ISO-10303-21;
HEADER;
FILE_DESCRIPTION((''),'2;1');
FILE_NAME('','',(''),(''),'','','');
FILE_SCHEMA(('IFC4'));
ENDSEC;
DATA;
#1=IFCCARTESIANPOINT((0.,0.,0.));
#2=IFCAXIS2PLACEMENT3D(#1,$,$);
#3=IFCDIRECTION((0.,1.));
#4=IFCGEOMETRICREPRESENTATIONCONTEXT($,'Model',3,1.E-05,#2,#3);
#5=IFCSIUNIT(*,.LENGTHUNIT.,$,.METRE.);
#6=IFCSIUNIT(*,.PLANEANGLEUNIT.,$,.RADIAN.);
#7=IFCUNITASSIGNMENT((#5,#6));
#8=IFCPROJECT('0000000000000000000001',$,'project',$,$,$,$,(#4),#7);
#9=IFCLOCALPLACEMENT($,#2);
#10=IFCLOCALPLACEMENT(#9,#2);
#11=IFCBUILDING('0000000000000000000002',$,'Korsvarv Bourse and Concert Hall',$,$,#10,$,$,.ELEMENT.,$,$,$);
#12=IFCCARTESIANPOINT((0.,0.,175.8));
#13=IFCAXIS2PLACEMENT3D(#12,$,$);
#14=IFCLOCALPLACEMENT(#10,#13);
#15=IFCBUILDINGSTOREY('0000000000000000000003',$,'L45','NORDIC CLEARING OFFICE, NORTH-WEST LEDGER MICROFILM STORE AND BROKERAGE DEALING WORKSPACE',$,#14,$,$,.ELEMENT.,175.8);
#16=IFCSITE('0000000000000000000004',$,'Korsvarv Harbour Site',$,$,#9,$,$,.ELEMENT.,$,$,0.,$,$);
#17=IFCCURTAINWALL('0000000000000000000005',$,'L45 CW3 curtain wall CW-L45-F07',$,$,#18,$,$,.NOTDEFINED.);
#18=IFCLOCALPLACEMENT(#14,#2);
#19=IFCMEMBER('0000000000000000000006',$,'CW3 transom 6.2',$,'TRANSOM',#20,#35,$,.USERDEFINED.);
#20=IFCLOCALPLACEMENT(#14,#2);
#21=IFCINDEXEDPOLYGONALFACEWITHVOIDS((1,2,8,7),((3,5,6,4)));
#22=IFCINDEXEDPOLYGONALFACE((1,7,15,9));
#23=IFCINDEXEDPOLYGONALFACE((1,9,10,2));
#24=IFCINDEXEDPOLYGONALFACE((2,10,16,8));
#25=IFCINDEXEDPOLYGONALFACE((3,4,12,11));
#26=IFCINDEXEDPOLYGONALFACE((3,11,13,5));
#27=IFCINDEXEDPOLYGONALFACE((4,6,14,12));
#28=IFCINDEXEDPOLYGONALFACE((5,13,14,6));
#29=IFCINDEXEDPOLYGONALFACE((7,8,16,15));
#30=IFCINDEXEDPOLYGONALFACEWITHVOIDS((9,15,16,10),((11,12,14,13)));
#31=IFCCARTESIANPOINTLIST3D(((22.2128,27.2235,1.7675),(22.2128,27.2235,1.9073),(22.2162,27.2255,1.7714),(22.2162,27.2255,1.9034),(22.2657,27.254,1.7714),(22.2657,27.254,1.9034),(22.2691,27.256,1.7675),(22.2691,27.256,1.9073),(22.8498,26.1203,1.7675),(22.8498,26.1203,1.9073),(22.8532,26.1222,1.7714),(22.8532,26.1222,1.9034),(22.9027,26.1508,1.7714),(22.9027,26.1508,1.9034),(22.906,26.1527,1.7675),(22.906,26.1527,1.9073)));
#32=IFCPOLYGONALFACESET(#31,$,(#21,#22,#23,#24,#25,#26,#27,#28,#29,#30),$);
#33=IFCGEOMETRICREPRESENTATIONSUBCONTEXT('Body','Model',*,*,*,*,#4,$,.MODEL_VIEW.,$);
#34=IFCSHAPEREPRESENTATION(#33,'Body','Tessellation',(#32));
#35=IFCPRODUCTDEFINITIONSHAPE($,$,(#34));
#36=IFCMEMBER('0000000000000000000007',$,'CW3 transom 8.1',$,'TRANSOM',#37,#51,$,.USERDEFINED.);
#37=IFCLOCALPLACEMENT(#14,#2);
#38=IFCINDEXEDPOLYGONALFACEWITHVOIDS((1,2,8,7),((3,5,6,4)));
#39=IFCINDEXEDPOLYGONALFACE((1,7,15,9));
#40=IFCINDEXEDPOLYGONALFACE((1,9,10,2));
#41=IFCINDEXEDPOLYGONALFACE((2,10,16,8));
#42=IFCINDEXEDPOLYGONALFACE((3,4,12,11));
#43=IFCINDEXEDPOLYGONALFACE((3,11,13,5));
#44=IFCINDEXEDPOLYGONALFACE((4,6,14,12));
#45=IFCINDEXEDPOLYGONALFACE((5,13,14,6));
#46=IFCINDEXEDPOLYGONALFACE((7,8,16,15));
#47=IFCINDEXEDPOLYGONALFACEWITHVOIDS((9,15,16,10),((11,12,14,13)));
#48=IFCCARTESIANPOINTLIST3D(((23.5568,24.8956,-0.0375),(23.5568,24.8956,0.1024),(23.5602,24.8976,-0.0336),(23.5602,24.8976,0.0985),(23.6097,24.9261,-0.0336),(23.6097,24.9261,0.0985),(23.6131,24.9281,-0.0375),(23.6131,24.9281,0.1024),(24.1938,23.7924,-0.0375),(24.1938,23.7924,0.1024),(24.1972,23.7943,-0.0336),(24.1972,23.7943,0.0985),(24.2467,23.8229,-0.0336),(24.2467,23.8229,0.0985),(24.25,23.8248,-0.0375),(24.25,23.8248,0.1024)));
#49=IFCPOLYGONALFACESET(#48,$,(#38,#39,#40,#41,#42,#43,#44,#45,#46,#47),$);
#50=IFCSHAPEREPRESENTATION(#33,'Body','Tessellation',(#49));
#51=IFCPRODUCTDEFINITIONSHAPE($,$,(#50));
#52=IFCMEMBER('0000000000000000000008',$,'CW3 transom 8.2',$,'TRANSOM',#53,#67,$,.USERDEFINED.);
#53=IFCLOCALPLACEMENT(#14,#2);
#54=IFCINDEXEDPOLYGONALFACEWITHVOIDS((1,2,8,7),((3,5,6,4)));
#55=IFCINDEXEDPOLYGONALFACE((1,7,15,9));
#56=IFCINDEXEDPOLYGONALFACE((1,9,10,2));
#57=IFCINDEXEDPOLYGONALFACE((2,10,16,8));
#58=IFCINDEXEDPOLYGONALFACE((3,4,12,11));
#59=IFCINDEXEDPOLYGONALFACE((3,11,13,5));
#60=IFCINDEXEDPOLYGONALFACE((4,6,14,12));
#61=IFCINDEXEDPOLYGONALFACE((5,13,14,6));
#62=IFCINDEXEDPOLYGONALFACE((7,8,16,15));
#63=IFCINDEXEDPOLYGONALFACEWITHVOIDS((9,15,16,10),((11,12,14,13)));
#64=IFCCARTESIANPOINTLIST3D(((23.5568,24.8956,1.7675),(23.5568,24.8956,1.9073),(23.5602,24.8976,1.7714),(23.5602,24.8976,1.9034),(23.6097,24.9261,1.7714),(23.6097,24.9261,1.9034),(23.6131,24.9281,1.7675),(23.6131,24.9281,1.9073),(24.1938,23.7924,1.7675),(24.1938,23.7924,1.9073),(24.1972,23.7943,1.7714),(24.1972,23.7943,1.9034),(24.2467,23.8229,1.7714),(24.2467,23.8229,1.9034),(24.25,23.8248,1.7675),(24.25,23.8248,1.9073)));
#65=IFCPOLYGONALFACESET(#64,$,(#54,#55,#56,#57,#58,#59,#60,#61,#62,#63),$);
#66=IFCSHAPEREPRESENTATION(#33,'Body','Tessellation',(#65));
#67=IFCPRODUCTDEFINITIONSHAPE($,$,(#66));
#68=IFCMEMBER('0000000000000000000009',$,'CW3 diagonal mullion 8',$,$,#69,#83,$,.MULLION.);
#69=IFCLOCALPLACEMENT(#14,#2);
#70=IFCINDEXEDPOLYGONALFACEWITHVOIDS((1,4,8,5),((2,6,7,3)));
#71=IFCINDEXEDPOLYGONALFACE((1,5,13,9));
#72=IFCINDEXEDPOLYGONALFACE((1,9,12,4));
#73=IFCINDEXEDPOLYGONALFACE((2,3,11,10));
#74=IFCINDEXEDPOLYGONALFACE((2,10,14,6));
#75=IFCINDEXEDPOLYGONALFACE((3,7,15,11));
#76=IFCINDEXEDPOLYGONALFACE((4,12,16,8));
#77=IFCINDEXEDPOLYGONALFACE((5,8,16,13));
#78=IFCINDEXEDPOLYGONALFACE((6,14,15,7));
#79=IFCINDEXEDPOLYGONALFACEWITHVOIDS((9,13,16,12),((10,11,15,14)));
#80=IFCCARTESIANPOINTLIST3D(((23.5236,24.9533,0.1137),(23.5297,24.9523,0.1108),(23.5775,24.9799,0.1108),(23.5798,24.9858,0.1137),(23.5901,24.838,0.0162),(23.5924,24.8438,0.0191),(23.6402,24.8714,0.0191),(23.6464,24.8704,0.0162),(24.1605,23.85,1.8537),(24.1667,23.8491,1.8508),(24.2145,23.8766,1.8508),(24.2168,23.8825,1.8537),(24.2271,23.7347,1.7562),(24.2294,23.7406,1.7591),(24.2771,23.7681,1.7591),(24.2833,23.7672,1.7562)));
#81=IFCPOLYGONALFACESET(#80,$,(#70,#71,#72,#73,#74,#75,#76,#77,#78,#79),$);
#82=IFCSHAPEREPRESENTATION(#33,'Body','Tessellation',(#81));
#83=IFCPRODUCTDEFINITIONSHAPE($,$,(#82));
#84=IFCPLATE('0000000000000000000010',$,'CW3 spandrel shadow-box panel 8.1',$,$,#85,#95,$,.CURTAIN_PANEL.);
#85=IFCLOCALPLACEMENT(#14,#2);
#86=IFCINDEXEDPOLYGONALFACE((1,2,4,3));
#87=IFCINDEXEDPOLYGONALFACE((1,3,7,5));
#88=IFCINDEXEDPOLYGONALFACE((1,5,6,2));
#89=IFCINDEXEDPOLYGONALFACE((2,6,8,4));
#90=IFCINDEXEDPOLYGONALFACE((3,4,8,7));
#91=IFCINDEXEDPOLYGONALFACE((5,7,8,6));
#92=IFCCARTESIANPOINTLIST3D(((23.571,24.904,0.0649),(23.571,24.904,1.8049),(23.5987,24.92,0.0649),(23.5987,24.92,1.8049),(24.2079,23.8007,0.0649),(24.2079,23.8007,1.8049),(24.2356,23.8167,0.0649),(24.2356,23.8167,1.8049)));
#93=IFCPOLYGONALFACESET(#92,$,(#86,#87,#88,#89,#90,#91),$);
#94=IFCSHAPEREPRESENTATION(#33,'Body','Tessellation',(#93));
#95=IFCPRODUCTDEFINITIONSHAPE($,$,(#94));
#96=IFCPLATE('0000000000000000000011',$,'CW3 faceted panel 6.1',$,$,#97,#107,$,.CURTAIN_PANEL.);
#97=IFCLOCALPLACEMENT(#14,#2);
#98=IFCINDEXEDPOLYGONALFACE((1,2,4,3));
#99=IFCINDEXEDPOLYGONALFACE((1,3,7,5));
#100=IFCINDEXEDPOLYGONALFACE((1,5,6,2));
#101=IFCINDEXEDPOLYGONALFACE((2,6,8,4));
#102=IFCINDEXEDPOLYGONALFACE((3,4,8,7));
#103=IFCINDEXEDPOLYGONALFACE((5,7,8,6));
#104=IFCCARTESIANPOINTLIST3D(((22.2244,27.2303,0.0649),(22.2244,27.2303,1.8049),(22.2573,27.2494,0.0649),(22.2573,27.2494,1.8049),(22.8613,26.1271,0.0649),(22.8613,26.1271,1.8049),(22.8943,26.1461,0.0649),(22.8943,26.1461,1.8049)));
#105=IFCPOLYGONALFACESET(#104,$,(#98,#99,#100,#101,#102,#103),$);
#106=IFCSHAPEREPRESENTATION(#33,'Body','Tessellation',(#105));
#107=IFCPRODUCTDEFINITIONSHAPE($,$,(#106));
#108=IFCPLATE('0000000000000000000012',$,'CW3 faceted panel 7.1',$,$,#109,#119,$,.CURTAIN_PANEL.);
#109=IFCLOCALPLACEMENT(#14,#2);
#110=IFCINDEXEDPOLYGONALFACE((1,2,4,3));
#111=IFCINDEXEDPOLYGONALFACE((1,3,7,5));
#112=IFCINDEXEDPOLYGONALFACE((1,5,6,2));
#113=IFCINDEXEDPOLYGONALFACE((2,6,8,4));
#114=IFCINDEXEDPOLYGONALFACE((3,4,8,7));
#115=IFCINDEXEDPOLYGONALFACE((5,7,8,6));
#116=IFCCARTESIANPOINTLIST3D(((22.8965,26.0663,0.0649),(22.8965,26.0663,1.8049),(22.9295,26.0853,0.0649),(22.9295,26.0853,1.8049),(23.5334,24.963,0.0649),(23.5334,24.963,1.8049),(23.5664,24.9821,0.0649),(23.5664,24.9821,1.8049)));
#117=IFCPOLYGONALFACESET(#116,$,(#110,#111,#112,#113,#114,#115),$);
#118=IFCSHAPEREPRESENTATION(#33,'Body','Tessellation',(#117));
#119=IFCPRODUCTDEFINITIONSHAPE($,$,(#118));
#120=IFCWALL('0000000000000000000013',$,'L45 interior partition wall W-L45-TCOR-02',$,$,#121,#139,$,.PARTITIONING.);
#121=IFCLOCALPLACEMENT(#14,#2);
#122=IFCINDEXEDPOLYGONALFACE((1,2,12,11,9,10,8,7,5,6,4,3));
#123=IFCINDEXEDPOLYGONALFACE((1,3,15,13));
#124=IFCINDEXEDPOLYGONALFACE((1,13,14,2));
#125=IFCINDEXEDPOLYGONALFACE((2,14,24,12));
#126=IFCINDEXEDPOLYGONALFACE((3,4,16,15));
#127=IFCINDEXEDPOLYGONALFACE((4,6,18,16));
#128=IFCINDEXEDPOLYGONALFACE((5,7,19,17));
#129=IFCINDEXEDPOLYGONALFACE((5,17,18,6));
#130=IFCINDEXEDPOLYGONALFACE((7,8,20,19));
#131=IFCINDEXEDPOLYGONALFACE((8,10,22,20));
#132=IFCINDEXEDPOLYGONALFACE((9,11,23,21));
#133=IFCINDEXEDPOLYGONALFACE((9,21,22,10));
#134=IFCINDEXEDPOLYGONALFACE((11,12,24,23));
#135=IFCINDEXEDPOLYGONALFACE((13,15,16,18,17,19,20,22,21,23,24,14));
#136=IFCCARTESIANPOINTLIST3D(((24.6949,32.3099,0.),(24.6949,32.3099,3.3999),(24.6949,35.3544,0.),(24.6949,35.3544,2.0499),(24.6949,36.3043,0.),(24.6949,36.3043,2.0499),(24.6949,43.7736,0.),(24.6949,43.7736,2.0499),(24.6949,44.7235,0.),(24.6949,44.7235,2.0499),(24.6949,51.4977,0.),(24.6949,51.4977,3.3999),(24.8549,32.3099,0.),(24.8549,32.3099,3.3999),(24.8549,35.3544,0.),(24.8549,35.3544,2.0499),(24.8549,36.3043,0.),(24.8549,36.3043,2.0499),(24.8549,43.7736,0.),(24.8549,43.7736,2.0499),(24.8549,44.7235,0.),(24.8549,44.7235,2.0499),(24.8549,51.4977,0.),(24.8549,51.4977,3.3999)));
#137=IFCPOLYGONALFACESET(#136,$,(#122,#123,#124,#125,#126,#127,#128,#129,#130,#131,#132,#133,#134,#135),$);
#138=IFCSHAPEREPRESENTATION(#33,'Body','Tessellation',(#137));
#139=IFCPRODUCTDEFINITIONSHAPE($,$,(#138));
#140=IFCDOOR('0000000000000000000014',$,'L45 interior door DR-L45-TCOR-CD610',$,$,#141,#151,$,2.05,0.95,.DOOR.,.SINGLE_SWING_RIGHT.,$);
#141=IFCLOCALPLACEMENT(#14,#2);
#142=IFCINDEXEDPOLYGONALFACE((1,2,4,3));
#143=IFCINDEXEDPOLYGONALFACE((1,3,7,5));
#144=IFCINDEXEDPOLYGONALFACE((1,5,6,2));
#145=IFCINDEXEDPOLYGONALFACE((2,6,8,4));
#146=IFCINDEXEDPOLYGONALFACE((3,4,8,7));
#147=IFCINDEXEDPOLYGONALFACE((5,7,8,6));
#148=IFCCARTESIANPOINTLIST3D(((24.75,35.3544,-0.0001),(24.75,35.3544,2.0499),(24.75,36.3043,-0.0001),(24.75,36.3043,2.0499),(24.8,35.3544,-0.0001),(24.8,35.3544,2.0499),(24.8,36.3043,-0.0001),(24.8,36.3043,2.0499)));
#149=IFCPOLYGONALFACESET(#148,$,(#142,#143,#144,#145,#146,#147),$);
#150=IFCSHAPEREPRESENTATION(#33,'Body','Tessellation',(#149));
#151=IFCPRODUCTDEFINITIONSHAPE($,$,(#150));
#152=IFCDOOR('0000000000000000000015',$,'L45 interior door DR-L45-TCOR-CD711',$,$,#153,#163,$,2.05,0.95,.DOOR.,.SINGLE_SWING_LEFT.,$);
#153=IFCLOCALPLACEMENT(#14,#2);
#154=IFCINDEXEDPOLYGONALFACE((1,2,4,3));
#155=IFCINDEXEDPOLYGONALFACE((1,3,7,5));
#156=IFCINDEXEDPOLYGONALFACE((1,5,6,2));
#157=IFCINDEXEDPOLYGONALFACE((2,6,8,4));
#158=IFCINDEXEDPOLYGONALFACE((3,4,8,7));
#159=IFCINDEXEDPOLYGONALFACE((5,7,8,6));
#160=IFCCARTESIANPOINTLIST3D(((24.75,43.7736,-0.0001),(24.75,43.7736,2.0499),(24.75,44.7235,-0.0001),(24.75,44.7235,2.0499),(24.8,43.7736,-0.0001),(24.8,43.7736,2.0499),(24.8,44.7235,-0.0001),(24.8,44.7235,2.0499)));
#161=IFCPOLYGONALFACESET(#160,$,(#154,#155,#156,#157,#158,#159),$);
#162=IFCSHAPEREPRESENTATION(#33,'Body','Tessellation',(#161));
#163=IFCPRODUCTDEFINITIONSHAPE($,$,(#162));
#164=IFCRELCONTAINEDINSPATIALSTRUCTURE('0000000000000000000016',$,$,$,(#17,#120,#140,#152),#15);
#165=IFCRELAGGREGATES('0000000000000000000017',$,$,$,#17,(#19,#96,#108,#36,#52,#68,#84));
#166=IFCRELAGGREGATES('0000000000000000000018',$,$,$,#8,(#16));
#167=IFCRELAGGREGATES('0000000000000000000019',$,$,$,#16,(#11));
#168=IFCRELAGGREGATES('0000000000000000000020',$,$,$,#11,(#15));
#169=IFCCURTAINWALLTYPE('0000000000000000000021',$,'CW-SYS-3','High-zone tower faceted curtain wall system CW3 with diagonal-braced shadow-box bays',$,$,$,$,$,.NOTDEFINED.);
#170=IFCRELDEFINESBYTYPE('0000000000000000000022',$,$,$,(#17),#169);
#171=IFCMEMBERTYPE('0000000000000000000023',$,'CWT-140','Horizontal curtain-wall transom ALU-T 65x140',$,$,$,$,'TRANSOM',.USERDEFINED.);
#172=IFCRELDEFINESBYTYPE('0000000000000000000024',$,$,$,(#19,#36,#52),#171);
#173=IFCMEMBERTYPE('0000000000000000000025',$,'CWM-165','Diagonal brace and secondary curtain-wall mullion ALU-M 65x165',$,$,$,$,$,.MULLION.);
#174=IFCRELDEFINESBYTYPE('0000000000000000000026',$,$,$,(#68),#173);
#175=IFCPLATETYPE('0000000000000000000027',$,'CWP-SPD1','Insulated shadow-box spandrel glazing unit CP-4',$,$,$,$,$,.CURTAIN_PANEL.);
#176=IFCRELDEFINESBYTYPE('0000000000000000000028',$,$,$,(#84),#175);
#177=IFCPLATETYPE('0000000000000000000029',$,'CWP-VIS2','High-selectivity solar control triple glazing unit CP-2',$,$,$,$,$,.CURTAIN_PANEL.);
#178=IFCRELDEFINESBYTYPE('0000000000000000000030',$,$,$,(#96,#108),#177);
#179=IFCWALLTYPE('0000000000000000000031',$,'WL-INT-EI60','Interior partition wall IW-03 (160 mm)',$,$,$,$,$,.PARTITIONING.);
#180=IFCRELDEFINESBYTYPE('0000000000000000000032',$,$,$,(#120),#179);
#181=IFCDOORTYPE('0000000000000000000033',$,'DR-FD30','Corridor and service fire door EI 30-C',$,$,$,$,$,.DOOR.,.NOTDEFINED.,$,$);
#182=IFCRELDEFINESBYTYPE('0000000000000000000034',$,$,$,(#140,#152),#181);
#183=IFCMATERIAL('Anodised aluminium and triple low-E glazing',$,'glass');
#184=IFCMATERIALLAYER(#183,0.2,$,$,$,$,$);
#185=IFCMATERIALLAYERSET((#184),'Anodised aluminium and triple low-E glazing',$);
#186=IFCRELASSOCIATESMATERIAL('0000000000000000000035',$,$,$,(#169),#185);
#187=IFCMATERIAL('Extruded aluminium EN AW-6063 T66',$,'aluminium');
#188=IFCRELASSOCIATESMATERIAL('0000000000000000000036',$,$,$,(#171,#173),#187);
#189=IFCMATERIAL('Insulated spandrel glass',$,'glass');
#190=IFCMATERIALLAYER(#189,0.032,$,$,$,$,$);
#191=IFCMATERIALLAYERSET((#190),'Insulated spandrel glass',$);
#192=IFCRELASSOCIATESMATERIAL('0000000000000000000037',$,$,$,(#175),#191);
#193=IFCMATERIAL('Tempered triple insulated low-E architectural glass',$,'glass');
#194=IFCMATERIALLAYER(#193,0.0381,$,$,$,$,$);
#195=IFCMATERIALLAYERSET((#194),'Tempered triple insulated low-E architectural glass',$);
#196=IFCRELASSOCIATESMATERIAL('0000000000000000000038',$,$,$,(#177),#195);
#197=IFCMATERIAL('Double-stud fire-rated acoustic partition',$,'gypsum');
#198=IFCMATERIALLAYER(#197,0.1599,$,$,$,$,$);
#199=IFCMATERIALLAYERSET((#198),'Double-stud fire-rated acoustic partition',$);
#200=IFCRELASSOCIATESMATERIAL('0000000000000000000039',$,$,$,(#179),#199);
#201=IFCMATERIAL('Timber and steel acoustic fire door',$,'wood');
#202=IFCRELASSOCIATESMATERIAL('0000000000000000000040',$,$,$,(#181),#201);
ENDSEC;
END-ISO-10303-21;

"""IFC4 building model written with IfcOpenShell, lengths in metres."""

from ifc_helpers import new_model, si_unit, direction, frame, frame_2d, origin, origin_2d, place, context, subcontext, project, spatial, rectangle, hollow_rectangle, extrude, source, transform, mapped, material, layer, layer_set, material_profile, profile_set, type_object, element, fill, aggregate, save


model = new_model("IFC4")

# Units and contexts
model_context = context("Model", 3, precision=1e-05, world=origin(), true_north=direction((0.0, 1.0)))
body_context = subcontext(model_context, "Body", "Model", "MODEL_VIEW")
ifc_project = project(units=[si_unit("LENGTHUNIT", "METRE"), si_unit("PLANEANGLEUNIT", "RADIAN")], contexts=[model_context])

# Site, building, storey
site_placement = place(None, origin())
site = spatial("IfcSite", under=ifc_project, at=site_placement, Name="Korsvarv Harbour Site", CompositionType="ELEMENT", RefElevation=0.0)
building_placement = place(site_placement, origin())
building = spatial("IfcBuilding", under=site, at=building_placement, Name="Korsvarv Bourse and Concert Hall", CompositionType="ELEMENT")
storey_placement = place(building_placement, frame((0.0, 0.0, 175.8)))
storey = spatial("IfcBuildingStorey", under=building, at=storey_placement, Name="L45", Description="NORDIC CLEARING OFFICE, NORTH-WEST LEDGER MICROFILM STORE AND BROKERAGE DEALING WORKSPACE", CompositionType="ELEMENT", Elevation=175.8)

# Curtain wall, members, plates
ifc_material_1 = material(Name="Anodised aluminium and triple low-E glazing", Category="glass")
ifc_layer_1 = layer(ifc_material_1, 0.2)
ifc_layer_set_1 = layer_set([ifc_layer_1], Name="Anodised aluminium and triple low-E glazing")
curtain_wall_type = type_object("IfcCurtainWallType", Name="CW-SYS-3", Description="High-zone tower faceted curtain wall system CW3 with diagonal-braced shadow-box bays", PredefinedType="NOTDEFINED", material=ifc_layer_set_1)
curtain_wall_placement = place(storey_placement, origin())
curtain_wall = element("IfcCurtainWall", 1, at=curtain_wall_placement, inside=storey, type_object=curtain_wall_type, Name="L45 CW3 curtain wall CW-L45-F07", PredefinedType="NOTDEFINED")
ifc_material_2 = material(Name="Extruded aluminium EN AW-6063 T66", Category="aluminium")
ifc_material_profile_1 = material_profile(ifc_material_2, hollow_rectangle(XDim=0.0649, YDim=0.1399, WallThickness=0.0039, at=origin_2d()), Name="ALU-T 65x140")
ifc_profile_set_1 = profile_set([ifc_material_profile_1], Name="Extruded aluminium EN AW-6063 T66")
member_type_1 = type_object("IfcMemberType", Name="CWT-140", Description="Horizontal curtain-wall transom ALU-T 65x140", ElementType="TRANSOM", PredefinedType="USERDEFINED", material=ifc_profile_set_1)
shared_shape_1 = source(origin(), body_context, "Body", "SweptSolid", [
    extrude(hollow_rectangle(XDim=0.0649, YDim=0.1399, WallThickness=0.0039, at=origin_2d()), origin(), (0.0, 0.0, 1.0), 1.2739),
])
member_1_placement = place(storey_placement, frame((22.241, 27.2397, 1.8374), z_axis=(0.499993, -0.866029, 0.0), x_axis=(0.866029, 0.499993, 0.0)))
member_1 = element("IfcMember", 2, at=member_1_placement, type_object=member_type_1, Name="CW3 transom 6.2", ObjectType="TRANSOM", PredefinedType="USERDEFINED", context=body_context, shape_type="MappedRepresentation", body=[
    mapped(shared_shape_1, transform((0.0, 0.0, 0.0), scale=1.0)),
])
member_2_placement = place(storey_placement, frame((23.585, 24.9119, 0.0325), z_axis=(0.499993, -0.866029, 0.0), x_axis=(0.866029, 0.499993, 0.0)))
member_2 = element("IfcMember", 3, at=member_2_placement, type_object=member_type_1, Name="CW3 transom 8.1", ObjectType="TRANSOM", PredefinedType="USERDEFINED", context=body_context, shape_type="MappedRepresentation", body=[
    mapped(shared_shape_1, transform((0.0, 0.0, 0.0), scale=1.0)),
])
member_3_placement = place(storey_placement, frame((23.585, 24.9119, 1.8374), z_axis=(0.499993, -0.866029, 0.0), x_axis=(0.866029, 0.499993, 0.0)))
member_3 = element("IfcMember", 4, at=member_3_placement, type_object=member_type_1, Name="CW3 transom 8.2", ObjectType="TRANSOM", PredefinedType="USERDEFINED", context=body_context, shape_type="MappedRepresentation", body=[
    mapped(shared_shape_1, transform((0.0, 0.0, 0.0), scale=1.0)),
])
ifc_material_profile_2 = material_profile(ifc_material_2, hollow_rectangle(XDim=0.0649, YDim=0.165, WallThickness=0.0049, at=origin_2d()), Name="ALU-M 65x165")
ifc_profile_set_2 = profile_set([ifc_material_profile_2], Name="Extruded aluminium EN AW-6063 T66")
member_type_2 = type_object("IfcMemberType", Name="CWM-165", Description="Diagonal brace and secondary curtain-wall mullion ALU-M 65x165", PredefinedType="MULLION", material=ifc_profile_set_2)
shared_shape_2 = source(origin(), body_context, "Body", "SweptSolid", [
    extrude(hollow_rectangle(XDim=0.0649, YDim=0.165, WallThickness=0.0049, at=origin_2d()), origin(), (0.0, 0.0, 1.0), 2.1565),
])
member_4_placement = place(storey_placement, frame((23.585, 24.9119, 0.0649), z_axis=(0.295369, -0.511603, 0.806858), x_axis=(0.866029, 0.499993, 0.0)))
member_4 = element("IfcMember", 5, at=member_4_placement, type_object=member_type_2, Name="CW3 diagonal mullion 8", PredefinedType="MULLION", context=body_context, shape_type="MappedRepresentation", body=[
    mapped(shared_shape_2, transform((0.0, 0.0, 0.0), scale=1.0)),
])
ifc_material_3 = material(Name="Insulated spandrel glass", Category="glass")
ifc_layer_2 = layer(ifc_material_3, 0.032)
ifc_layer_set_2 = layer_set([ifc_layer_2], Name="Insulated spandrel glass")
plate_type_1 = type_object("IfcPlateType", Name="CWP-SPD1", Description="Insulated shadow-box spandrel glazing unit CP-4", PredefinedType="CURTAIN_PANEL", material=ifc_layer_set_2)
shared_shape_3 = source(origin(), body_context, "Body", "SweptSolid", [
    extrude(rectangle(XDim=1.2739, YDim=0.032, at=origin_2d()), origin(), (0.0, 0.0, 1.0), 1.74),
])
plate_1_placement = place(storey_placement, frame((23.9033, 24.3604, 0.0649), z_axis=(0.0, 0.0, 1.0), x_axis=(0.499994, -0.866029, 0.0)))
plate_1 = element("IfcPlate", 6, at=plate_1_placement, type_object=plate_type_1, Name="CW3 spandrel shadow-box panel 8.1", PredefinedType="CURTAIN_PANEL", context=body_context, shape_type="MappedRepresentation", body=[
    mapped(shared_shape_3, transform((0.0, 0.0, 0.0), scale=1.0)),
])
ifc_material_4 = material(Name="Tempered triple insulated low-E architectural glass", Category="glass")
ifc_layer_3 = layer(ifc_material_4, 0.0381)
ifc_layer_set_3 = layer_set([ifc_layer_3], Name="Tempered triple insulated low-E architectural glass")
plate_type_2 = type_object("IfcPlateType", Name="CWP-VIS2", Description="High-selectivity solar control triple glazing unit CP-2", PredefinedType="CURTAIN_PANEL", material=ifc_layer_set_3)
shared_shape_4 = source(origin(), body_context, "Body", "SweptSolid", [
    extrude(rectangle(XDim=1.2739, YDim=0.0381, at=origin_2d()), origin(), (0.0, 0.0, 1.0), 1.74),
])
plate_2_placement = place(storey_placement, frame((22.5593, 26.6882, 0.0649), z_axis=(0.0, 0.0, 1.0), x_axis=(0.499994, -0.866029, 0.0)))
plate_2 = element("IfcPlate", 7, at=plate_2_placement, type_object=plate_type_2, Name="CW3 faceted panel 6.1", PredefinedType="CURTAIN_PANEL", context=body_context, shape_type="MappedRepresentation", body=[
    mapped(shared_shape_4, transform((0.0, 0.0, 0.0), scale=1.0)),
])
plate_3_placement = place(storey_placement, frame((23.2314, 25.5242, 0.0649), z_axis=(0.0, 0.0, 1.0), x_axis=(0.499994, -0.866029, 0.0)))
plate_3 = element("IfcPlate", 8, at=plate_3_placement, type_object=plate_type_2, Name="CW3 faceted panel 7.1", PredefinedType="CURTAIN_PANEL", context=body_context, shape_type="MappedRepresentation", body=[
    mapped(shared_shape_4, transform((0.0, 0.0, 0.0), scale=1.0)),
])
aggregate(curtain_wall, [member_1, plate_2, plate_3, member_2, member_3, member_4, plate_1])

# Wall, openings, doors
ifc_material_5 = material(Name="Double-stud fire-rated acoustic partition", Category="gypsum")
ifc_layer_4 = layer(ifc_material_5, 0.1599)
ifc_layer_set_4 = layer_set([ifc_layer_4], Name="Double-stud fire-rated acoustic partition")
wall_type_1 = type_object("IfcWallType", Name="WL-INT-EI60", Description="Interior partition wall IW-03 (160 mm)", PredefinedType="PARTITIONING", material=ifc_layer_set_4)
wall_1_placement = place(storey_placement, frame((24.7749, 32.3101, 0.0), z_axis=(0.0, 0.0, 1.0), x_axis=(0.0, 1.0, 0.0)))
wall_1 = element("IfcWall", 9, at=wall_1_placement, inside=storey, type_object=wall_type_1, Name="L45 interior partition wall W-L45-TCOR-02", PredefinedType="PARTITIONING", context=body_context, shape_type="SweptSolid", body=[
    extrude(rectangle(XDim=19.1877, YDim=0.1599, at=frame_2d((9.5938, 0.0))), origin(), (0.0, 0.0, 1.0), 3.3999),
])
opening_1_placement = place(wall_1_placement, frame((3.0442, 0.0, 0.0)))
opening_1 = element("IfcOpeningElement", 10, at=opening_1_placement, cuts=wall_1, PredefinedType="OPENING", context=body_context, shape_type="SweptSolid", body=[
    extrude(rectangle(XDim=0.95, YDim=2.05, at=frame_2d((0.4751, 1.0249))), frame((0.0, 0.0898, 0.0), z_axis=(0.0, -1.0, 0.0), x_axis=(1.0, 0.0, 0.0)), (0.0, 0.0, 1.0), 0.1799),
])
opening_2_placement = place(wall_1_placement, frame((11.4634, 0.0, 0.0)))
opening_2 = element("IfcOpeningElement", 11, at=opening_2_placement, cuts=wall_1, PredefinedType="OPENING", context=body_context, shape_type="SweptSolid", body=[
    extrude(rectangle(XDim=0.95, YDim=2.05, at=frame_2d((0.4751, 1.0249))), frame((0.0, 0.0898, 0.0), z_axis=(0.0, -1.0, 0.0), x_axis=(1.0, 0.0, 0.0)), (0.0, 0.0, 1.0), 0.1799),
])
ifc_material_6 = material(Name="Timber and steel acoustic fire door", Category="wood")
door_type = type_object("IfcDoorType", Name="DR-FD30", Description="Corridor and service fire door EI 30-C", OperationType="NOTDEFINED", PredefinedType="DOOR", material=ifc_material_6)
door_1_placement = place(opening_1_placement, origin())
door_1 = element("IfcDoor", 12, at=door_1_placement, inside=storey, type_object=door_type, Name="L45 interior door DR-L45-TCOR-CD610", OperationType="SINGLE_SWING_RIGHT", OverallHeight=2.05, OverallWidth=0.95, PredefinedType="DOOR", context=body_context, shape_type="SweptSolid", body=[
    extrude(rectangle(XDim=0.95, YDim=2.05, at=frame_2d((0.4751, 1.0249))), frame((0.0, 0.0249, 0.0), z_axis=(0.0, -1.0, 0.0), x_axis=(1.0, 0.0, 0.0)), (0.0, 0.0, 1.0), 0.05),
])
fill(opening_1, door_1)
door_2_placement = place(opening_2_placement, origin())
door_2 = element("IfcDoor", 13, at=door_2_placement, inside=storey, type_object=door_type, Name="L45 interior door DR-L45-TCOR-CD711", OperationType="SINGLE_SWING_LEFT", OverallHeight=2.05, OverallWidth=0.95, PredefinedType="DOOR", context=body_context, shape_type="SweptSolid", body=[
    extrude(rectangle(XDim=0.95, YDim=2.05, at=frame_2d((0.4751, 1.0249))), frame((0.0, 0.0249, 0.0), z_axis=(0.0, -1.0, 0.0), x_axis=(1.0, 0.0, 0.0)), (0.0, 0.0, 1.0), 0.05),
])
fill(opening_2, door_2)

save(model, "model.ifc")
